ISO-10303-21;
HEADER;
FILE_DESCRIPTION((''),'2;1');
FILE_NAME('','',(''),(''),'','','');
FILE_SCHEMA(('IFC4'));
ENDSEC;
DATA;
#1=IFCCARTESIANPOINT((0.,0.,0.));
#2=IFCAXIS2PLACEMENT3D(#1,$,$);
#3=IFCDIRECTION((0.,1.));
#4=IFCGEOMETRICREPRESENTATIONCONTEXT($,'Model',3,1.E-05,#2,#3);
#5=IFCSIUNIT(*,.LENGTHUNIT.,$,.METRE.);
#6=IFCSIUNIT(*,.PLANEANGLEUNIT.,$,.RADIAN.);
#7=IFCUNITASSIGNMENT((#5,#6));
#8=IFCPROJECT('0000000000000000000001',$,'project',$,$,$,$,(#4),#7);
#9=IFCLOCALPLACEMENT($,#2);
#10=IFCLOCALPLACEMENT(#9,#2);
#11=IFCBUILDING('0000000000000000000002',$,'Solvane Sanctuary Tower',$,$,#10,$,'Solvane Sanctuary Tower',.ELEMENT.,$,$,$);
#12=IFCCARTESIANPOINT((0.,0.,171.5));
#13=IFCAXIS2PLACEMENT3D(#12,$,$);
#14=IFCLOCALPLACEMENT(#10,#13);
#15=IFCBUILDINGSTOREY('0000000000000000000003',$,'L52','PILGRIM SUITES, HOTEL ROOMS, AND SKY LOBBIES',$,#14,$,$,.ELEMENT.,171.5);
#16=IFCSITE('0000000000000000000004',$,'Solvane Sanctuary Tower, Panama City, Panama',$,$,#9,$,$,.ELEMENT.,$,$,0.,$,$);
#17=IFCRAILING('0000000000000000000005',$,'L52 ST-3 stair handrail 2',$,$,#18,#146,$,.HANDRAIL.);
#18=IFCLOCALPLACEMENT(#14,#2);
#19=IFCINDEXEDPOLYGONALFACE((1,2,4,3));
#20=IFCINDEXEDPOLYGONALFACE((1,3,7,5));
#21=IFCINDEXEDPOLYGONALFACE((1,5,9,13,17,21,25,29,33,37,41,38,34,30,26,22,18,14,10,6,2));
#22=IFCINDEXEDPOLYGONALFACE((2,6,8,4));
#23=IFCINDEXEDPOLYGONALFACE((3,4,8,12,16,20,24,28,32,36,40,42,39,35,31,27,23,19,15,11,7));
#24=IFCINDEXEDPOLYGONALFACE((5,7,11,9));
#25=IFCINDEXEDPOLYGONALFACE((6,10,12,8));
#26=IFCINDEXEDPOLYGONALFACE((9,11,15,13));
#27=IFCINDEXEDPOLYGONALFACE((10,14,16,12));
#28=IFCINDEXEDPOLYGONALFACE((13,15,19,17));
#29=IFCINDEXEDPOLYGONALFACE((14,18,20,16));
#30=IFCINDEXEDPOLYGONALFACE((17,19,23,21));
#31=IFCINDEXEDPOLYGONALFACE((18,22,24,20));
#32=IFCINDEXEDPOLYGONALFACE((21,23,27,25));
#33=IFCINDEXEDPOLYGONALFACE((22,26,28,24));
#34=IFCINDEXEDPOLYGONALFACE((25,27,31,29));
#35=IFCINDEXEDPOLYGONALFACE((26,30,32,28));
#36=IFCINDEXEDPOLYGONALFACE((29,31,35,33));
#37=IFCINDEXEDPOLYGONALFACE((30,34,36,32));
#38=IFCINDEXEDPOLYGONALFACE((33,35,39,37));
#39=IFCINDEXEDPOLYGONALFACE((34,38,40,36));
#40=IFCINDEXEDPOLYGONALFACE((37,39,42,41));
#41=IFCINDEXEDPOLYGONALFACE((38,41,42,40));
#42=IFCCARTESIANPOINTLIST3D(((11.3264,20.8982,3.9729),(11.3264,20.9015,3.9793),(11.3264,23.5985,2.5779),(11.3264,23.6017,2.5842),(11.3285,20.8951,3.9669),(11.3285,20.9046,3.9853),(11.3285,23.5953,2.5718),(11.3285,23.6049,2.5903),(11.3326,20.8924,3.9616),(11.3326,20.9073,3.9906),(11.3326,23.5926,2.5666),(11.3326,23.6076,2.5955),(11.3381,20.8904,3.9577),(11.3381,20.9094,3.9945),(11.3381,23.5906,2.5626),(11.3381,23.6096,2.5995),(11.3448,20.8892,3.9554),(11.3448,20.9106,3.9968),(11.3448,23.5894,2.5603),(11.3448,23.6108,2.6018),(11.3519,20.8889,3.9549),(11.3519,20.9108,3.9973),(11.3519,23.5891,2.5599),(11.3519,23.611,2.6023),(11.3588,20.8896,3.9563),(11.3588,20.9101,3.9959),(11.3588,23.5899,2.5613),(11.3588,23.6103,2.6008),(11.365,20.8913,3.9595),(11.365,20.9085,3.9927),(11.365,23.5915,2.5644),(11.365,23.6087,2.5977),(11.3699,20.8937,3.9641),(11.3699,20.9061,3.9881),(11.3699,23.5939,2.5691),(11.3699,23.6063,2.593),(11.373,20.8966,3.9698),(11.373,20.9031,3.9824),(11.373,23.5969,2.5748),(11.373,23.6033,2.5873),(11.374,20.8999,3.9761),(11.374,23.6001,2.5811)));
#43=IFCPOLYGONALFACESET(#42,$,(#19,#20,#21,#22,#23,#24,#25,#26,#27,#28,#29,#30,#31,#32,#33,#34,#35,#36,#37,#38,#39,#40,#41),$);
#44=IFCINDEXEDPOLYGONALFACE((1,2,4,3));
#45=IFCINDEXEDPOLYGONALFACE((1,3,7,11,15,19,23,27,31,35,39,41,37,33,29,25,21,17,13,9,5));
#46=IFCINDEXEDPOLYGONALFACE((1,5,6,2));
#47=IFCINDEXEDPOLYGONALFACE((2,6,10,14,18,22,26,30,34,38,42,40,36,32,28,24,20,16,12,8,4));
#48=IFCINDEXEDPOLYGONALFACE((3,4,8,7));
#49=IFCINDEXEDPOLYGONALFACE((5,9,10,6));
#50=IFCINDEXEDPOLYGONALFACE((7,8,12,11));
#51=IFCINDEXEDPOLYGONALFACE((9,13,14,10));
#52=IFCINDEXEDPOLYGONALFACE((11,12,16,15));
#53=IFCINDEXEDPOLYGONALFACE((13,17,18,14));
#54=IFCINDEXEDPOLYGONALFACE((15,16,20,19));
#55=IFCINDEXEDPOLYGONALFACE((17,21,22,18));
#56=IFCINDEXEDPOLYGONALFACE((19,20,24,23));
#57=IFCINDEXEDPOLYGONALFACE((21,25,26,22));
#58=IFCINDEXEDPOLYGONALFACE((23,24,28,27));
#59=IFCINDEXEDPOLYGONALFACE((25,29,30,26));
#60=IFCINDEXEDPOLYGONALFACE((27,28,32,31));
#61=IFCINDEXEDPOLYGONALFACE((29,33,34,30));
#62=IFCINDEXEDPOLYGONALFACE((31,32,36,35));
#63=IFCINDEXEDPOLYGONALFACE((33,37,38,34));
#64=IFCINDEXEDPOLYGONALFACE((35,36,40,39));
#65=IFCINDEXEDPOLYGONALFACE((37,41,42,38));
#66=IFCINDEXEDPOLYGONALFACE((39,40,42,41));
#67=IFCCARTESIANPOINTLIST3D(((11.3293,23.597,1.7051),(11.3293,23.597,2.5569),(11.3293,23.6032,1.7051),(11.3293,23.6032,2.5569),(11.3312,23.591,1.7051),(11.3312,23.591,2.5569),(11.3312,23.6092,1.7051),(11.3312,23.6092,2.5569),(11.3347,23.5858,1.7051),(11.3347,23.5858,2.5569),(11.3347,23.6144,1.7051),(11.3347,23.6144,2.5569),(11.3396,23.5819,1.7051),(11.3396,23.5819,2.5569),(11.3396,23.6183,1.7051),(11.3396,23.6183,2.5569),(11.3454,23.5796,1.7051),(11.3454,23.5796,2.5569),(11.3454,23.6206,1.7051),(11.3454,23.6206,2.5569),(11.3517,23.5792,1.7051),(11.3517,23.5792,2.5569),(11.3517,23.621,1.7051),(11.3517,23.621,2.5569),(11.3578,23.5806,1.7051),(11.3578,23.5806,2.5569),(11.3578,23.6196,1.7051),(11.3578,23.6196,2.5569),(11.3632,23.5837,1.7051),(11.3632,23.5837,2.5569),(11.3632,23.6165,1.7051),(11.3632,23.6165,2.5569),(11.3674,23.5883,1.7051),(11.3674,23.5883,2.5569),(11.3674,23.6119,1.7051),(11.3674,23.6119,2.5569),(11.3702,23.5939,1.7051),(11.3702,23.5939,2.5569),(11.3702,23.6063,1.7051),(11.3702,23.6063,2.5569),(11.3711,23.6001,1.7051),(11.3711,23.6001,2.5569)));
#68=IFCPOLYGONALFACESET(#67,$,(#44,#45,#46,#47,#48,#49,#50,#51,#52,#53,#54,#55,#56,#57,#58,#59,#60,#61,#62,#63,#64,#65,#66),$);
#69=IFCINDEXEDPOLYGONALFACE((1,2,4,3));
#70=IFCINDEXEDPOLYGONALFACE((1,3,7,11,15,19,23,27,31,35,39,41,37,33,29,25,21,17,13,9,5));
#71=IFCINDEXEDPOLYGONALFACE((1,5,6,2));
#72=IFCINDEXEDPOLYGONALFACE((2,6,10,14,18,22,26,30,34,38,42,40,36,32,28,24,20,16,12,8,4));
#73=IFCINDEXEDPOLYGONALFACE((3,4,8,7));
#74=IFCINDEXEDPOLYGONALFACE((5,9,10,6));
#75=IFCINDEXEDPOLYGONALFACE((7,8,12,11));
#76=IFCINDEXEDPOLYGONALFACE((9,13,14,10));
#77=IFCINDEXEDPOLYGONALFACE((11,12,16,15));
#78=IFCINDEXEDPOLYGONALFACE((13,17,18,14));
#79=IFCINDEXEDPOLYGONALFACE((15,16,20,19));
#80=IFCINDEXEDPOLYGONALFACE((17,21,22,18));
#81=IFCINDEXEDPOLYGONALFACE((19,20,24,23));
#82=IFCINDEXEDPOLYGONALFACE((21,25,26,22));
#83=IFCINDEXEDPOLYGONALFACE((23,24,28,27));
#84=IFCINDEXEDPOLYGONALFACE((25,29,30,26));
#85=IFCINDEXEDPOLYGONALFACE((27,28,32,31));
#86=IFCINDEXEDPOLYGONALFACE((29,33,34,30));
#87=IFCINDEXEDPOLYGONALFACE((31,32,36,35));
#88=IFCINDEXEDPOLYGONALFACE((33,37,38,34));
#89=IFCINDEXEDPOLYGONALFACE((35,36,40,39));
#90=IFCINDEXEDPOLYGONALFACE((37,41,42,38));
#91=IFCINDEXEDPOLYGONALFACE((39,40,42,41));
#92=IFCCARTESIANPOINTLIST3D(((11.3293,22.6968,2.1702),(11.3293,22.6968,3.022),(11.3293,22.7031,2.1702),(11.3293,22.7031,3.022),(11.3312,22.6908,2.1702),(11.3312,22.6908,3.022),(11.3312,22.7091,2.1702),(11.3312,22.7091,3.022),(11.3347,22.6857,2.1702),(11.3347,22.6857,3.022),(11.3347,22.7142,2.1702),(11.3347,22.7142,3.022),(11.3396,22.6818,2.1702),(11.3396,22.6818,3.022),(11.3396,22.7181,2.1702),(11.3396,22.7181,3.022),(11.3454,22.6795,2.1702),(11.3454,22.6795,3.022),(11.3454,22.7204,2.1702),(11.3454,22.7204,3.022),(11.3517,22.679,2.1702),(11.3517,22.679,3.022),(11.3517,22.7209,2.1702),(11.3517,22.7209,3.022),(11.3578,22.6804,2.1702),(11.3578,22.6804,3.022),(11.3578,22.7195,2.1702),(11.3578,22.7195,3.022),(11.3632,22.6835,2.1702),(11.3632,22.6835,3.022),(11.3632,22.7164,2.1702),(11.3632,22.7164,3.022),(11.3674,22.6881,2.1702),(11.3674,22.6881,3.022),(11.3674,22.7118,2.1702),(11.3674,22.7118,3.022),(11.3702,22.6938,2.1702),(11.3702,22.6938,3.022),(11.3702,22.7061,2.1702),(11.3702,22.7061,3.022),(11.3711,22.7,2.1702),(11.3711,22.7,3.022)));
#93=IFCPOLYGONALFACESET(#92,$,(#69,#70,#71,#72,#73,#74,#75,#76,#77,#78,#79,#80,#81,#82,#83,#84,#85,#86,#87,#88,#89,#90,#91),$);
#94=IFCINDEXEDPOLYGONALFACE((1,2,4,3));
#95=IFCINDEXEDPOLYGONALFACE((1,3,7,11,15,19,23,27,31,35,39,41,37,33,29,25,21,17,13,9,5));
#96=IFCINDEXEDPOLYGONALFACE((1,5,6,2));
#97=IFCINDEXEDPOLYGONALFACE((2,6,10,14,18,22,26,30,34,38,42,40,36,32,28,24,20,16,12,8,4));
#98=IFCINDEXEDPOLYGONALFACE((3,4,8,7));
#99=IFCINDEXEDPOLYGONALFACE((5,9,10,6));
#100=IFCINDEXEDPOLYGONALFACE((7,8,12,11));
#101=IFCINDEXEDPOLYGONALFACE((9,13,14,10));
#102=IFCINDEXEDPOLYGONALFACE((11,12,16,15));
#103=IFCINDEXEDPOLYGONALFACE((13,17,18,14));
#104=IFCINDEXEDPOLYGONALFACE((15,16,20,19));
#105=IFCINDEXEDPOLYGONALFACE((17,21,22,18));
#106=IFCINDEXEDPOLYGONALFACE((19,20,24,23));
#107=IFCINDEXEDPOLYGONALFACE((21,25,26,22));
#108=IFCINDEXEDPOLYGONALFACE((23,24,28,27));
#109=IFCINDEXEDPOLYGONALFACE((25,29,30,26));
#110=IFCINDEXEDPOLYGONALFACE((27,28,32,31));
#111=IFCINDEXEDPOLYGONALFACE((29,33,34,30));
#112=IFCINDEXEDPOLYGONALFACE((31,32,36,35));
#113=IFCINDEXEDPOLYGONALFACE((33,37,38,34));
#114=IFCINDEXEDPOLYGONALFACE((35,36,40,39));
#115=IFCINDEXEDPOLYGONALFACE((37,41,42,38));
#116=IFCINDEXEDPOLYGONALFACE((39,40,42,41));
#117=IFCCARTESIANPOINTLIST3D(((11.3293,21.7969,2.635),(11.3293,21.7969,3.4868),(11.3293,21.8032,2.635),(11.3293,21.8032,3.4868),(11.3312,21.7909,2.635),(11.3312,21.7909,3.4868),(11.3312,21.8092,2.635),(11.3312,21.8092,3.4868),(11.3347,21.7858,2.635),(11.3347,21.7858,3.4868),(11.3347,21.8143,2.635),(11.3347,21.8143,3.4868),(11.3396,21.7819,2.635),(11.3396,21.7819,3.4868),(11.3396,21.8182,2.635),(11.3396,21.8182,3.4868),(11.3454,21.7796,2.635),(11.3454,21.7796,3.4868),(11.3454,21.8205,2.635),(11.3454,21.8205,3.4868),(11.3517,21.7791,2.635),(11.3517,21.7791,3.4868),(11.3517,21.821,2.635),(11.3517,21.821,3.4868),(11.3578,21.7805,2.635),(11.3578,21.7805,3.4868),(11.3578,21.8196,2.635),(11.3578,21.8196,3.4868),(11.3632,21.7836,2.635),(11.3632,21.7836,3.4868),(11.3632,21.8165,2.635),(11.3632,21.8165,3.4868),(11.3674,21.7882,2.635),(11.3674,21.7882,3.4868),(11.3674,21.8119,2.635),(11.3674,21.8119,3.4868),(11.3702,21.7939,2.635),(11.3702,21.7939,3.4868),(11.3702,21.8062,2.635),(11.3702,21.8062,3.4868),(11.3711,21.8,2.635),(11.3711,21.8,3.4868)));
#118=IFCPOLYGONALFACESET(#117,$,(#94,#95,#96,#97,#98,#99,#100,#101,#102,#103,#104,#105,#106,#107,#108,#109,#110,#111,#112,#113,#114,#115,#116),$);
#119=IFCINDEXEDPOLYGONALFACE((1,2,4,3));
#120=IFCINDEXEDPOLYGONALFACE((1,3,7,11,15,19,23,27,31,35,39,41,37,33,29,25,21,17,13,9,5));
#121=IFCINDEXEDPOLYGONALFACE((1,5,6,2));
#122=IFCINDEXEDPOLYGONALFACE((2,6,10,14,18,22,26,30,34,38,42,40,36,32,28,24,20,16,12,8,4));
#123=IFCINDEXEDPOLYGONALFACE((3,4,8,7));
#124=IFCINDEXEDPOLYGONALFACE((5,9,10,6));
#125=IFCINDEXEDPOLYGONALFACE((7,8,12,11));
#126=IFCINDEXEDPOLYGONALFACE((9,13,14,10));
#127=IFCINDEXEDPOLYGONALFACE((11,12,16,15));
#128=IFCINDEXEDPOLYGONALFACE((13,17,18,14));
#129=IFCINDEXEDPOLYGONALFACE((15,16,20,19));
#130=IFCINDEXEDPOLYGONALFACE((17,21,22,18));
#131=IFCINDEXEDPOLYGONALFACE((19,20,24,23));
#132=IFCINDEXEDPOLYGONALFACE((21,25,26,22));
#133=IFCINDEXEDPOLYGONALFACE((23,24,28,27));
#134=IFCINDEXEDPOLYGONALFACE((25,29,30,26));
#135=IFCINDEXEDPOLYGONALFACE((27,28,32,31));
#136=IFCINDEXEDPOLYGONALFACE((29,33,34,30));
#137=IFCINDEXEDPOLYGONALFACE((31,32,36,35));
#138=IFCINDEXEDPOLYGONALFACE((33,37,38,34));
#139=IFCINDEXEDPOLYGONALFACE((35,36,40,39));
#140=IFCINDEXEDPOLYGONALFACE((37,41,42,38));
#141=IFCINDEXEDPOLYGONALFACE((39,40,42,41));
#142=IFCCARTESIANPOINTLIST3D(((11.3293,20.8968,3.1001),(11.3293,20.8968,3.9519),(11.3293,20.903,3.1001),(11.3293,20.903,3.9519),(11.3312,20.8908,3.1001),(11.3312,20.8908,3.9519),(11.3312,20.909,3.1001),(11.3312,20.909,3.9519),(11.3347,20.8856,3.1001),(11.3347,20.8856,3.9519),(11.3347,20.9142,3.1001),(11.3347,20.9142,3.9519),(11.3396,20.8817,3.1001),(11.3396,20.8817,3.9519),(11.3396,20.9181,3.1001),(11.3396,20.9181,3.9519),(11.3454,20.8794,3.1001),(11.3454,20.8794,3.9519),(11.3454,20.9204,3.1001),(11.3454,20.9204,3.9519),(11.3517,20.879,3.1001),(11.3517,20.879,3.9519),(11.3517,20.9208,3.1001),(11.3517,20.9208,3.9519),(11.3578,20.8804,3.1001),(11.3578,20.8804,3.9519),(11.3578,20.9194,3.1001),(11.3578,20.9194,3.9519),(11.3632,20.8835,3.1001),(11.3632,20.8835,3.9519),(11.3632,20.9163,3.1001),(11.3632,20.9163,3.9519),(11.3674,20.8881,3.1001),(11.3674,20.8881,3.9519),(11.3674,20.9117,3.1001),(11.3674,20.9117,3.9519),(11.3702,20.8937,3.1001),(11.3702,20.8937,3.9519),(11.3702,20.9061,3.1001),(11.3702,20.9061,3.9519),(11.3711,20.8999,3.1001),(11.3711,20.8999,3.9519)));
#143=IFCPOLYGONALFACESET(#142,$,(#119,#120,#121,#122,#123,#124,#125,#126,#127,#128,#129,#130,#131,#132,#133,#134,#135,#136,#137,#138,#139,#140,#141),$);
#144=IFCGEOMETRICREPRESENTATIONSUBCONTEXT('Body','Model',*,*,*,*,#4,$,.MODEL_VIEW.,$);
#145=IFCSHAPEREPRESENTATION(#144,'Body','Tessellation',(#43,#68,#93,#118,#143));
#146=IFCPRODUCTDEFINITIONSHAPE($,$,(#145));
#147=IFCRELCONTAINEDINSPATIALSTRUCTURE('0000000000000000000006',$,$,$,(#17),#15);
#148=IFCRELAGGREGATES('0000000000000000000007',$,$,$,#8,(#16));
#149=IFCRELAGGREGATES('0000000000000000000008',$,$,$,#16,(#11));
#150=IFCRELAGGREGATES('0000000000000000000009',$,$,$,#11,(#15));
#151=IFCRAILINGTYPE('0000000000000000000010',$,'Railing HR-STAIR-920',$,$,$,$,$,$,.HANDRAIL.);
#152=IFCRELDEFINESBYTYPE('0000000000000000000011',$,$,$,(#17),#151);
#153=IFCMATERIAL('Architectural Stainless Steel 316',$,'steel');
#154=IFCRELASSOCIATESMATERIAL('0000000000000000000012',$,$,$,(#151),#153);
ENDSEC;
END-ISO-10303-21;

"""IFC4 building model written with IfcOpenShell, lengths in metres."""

from ifc_helpers import new_model, si_unit, direction, frame, origin, origin_2d, place, context, subcontext, project, spatial, circle, extrude, material, type_object, element, save


model = new_model("IFC4")

# Units and contexts
model_context = context("Model", 3, precision=1e-05, world=origin(), true_north=direction((0.0, 1.0)))
body_context = subcontext(model_context, "Body", "Model", "MODEL_VIEW")
ifc_project = project(units=[si_unit("LENGTHUNIT", "METRE"), si_unit("PLANEANGLEUNIT", "RADIAN")], contexts=[model_context])

# Site, building, storey
site_placement = place(None, origin())
site = spatial("IfcSite", under=ifc_project, at=site_placement, Name="Solvane Sanctuary Tower, Panama City, Panama", CompositionType="ELEMENT", RefElevation=0.0)
building_placement = place(site_placement, origin())
building = spatial("IfcBuilding", under=site, at=building_placement, Name="Solvane Sanctuary Tower", LongName="Solvane Sanctuary Tower", CompositionType="ELEMENT")
storey_placement = place(building_placement, frame((0.0, 0.0, 171.5)))
storey = spatial("IfcBuildingStorey", under=building, at=storey_placement, Name="L52", Description="PILGRIM SUITES, HOTEL ROOMS, AND SKY LOBBIES", CompositionType="ELEMENT", Elevation=171.5)

# Shared definitions
ifc_material_1 = material(Name="Architectural Stainless Steel 316", Category="steel")

# Railing
railing_type_1 = type_object("IfcRailingType", Name="Railing HR-STAIR-920", PredefinedType="HANDRAIL", material=ifc_material_1)
railing_1_placement = place(storey_placement, frame((11.3501, 23.6001, 1.7051)))
element("IfcRailing", 1, at=railing_1_placement, inside=storey, type_object=railing_type_1, Name="L52 ST-3 stair handrail 2", PredefinedType="HANDRAIL", context=body_context, shape_type="SweptSolid", body=[
    extrude(circle(Radius=0.0239, at=origin_2d()), frame((0.0, 0.0, 0.876), z_axis=(0.0, -0.888437, 0.458999), x_axis=(1.0, 0.0, 0.0)), (0.0, 0.0, 1.0), 3.0393),
    extrude(circle(Radius=0.021, at=origin_2d()), origin(), (0.0, 0.0, 1.0), 0.8518),
    extrude(circle(Radius=0.021, at=origin_2d()), frame((0.0, -0.9001, 0.4651)), (0.0, 0.0, 1.0), 0.8518),
    extrude(circle(Radius=0.021, at=origin_2d()), frame((0.0, -1.8, 0.9299)), (0.0, 0.0, 1.0), 0.8518),
    extrude(circle(Radius=0.021, at=origin_2d()), frame((0.0, -2.7002, 1.395)), (0.0, 0.0, 1.0), 0.8518),
])

save(model, "model.ifc")
